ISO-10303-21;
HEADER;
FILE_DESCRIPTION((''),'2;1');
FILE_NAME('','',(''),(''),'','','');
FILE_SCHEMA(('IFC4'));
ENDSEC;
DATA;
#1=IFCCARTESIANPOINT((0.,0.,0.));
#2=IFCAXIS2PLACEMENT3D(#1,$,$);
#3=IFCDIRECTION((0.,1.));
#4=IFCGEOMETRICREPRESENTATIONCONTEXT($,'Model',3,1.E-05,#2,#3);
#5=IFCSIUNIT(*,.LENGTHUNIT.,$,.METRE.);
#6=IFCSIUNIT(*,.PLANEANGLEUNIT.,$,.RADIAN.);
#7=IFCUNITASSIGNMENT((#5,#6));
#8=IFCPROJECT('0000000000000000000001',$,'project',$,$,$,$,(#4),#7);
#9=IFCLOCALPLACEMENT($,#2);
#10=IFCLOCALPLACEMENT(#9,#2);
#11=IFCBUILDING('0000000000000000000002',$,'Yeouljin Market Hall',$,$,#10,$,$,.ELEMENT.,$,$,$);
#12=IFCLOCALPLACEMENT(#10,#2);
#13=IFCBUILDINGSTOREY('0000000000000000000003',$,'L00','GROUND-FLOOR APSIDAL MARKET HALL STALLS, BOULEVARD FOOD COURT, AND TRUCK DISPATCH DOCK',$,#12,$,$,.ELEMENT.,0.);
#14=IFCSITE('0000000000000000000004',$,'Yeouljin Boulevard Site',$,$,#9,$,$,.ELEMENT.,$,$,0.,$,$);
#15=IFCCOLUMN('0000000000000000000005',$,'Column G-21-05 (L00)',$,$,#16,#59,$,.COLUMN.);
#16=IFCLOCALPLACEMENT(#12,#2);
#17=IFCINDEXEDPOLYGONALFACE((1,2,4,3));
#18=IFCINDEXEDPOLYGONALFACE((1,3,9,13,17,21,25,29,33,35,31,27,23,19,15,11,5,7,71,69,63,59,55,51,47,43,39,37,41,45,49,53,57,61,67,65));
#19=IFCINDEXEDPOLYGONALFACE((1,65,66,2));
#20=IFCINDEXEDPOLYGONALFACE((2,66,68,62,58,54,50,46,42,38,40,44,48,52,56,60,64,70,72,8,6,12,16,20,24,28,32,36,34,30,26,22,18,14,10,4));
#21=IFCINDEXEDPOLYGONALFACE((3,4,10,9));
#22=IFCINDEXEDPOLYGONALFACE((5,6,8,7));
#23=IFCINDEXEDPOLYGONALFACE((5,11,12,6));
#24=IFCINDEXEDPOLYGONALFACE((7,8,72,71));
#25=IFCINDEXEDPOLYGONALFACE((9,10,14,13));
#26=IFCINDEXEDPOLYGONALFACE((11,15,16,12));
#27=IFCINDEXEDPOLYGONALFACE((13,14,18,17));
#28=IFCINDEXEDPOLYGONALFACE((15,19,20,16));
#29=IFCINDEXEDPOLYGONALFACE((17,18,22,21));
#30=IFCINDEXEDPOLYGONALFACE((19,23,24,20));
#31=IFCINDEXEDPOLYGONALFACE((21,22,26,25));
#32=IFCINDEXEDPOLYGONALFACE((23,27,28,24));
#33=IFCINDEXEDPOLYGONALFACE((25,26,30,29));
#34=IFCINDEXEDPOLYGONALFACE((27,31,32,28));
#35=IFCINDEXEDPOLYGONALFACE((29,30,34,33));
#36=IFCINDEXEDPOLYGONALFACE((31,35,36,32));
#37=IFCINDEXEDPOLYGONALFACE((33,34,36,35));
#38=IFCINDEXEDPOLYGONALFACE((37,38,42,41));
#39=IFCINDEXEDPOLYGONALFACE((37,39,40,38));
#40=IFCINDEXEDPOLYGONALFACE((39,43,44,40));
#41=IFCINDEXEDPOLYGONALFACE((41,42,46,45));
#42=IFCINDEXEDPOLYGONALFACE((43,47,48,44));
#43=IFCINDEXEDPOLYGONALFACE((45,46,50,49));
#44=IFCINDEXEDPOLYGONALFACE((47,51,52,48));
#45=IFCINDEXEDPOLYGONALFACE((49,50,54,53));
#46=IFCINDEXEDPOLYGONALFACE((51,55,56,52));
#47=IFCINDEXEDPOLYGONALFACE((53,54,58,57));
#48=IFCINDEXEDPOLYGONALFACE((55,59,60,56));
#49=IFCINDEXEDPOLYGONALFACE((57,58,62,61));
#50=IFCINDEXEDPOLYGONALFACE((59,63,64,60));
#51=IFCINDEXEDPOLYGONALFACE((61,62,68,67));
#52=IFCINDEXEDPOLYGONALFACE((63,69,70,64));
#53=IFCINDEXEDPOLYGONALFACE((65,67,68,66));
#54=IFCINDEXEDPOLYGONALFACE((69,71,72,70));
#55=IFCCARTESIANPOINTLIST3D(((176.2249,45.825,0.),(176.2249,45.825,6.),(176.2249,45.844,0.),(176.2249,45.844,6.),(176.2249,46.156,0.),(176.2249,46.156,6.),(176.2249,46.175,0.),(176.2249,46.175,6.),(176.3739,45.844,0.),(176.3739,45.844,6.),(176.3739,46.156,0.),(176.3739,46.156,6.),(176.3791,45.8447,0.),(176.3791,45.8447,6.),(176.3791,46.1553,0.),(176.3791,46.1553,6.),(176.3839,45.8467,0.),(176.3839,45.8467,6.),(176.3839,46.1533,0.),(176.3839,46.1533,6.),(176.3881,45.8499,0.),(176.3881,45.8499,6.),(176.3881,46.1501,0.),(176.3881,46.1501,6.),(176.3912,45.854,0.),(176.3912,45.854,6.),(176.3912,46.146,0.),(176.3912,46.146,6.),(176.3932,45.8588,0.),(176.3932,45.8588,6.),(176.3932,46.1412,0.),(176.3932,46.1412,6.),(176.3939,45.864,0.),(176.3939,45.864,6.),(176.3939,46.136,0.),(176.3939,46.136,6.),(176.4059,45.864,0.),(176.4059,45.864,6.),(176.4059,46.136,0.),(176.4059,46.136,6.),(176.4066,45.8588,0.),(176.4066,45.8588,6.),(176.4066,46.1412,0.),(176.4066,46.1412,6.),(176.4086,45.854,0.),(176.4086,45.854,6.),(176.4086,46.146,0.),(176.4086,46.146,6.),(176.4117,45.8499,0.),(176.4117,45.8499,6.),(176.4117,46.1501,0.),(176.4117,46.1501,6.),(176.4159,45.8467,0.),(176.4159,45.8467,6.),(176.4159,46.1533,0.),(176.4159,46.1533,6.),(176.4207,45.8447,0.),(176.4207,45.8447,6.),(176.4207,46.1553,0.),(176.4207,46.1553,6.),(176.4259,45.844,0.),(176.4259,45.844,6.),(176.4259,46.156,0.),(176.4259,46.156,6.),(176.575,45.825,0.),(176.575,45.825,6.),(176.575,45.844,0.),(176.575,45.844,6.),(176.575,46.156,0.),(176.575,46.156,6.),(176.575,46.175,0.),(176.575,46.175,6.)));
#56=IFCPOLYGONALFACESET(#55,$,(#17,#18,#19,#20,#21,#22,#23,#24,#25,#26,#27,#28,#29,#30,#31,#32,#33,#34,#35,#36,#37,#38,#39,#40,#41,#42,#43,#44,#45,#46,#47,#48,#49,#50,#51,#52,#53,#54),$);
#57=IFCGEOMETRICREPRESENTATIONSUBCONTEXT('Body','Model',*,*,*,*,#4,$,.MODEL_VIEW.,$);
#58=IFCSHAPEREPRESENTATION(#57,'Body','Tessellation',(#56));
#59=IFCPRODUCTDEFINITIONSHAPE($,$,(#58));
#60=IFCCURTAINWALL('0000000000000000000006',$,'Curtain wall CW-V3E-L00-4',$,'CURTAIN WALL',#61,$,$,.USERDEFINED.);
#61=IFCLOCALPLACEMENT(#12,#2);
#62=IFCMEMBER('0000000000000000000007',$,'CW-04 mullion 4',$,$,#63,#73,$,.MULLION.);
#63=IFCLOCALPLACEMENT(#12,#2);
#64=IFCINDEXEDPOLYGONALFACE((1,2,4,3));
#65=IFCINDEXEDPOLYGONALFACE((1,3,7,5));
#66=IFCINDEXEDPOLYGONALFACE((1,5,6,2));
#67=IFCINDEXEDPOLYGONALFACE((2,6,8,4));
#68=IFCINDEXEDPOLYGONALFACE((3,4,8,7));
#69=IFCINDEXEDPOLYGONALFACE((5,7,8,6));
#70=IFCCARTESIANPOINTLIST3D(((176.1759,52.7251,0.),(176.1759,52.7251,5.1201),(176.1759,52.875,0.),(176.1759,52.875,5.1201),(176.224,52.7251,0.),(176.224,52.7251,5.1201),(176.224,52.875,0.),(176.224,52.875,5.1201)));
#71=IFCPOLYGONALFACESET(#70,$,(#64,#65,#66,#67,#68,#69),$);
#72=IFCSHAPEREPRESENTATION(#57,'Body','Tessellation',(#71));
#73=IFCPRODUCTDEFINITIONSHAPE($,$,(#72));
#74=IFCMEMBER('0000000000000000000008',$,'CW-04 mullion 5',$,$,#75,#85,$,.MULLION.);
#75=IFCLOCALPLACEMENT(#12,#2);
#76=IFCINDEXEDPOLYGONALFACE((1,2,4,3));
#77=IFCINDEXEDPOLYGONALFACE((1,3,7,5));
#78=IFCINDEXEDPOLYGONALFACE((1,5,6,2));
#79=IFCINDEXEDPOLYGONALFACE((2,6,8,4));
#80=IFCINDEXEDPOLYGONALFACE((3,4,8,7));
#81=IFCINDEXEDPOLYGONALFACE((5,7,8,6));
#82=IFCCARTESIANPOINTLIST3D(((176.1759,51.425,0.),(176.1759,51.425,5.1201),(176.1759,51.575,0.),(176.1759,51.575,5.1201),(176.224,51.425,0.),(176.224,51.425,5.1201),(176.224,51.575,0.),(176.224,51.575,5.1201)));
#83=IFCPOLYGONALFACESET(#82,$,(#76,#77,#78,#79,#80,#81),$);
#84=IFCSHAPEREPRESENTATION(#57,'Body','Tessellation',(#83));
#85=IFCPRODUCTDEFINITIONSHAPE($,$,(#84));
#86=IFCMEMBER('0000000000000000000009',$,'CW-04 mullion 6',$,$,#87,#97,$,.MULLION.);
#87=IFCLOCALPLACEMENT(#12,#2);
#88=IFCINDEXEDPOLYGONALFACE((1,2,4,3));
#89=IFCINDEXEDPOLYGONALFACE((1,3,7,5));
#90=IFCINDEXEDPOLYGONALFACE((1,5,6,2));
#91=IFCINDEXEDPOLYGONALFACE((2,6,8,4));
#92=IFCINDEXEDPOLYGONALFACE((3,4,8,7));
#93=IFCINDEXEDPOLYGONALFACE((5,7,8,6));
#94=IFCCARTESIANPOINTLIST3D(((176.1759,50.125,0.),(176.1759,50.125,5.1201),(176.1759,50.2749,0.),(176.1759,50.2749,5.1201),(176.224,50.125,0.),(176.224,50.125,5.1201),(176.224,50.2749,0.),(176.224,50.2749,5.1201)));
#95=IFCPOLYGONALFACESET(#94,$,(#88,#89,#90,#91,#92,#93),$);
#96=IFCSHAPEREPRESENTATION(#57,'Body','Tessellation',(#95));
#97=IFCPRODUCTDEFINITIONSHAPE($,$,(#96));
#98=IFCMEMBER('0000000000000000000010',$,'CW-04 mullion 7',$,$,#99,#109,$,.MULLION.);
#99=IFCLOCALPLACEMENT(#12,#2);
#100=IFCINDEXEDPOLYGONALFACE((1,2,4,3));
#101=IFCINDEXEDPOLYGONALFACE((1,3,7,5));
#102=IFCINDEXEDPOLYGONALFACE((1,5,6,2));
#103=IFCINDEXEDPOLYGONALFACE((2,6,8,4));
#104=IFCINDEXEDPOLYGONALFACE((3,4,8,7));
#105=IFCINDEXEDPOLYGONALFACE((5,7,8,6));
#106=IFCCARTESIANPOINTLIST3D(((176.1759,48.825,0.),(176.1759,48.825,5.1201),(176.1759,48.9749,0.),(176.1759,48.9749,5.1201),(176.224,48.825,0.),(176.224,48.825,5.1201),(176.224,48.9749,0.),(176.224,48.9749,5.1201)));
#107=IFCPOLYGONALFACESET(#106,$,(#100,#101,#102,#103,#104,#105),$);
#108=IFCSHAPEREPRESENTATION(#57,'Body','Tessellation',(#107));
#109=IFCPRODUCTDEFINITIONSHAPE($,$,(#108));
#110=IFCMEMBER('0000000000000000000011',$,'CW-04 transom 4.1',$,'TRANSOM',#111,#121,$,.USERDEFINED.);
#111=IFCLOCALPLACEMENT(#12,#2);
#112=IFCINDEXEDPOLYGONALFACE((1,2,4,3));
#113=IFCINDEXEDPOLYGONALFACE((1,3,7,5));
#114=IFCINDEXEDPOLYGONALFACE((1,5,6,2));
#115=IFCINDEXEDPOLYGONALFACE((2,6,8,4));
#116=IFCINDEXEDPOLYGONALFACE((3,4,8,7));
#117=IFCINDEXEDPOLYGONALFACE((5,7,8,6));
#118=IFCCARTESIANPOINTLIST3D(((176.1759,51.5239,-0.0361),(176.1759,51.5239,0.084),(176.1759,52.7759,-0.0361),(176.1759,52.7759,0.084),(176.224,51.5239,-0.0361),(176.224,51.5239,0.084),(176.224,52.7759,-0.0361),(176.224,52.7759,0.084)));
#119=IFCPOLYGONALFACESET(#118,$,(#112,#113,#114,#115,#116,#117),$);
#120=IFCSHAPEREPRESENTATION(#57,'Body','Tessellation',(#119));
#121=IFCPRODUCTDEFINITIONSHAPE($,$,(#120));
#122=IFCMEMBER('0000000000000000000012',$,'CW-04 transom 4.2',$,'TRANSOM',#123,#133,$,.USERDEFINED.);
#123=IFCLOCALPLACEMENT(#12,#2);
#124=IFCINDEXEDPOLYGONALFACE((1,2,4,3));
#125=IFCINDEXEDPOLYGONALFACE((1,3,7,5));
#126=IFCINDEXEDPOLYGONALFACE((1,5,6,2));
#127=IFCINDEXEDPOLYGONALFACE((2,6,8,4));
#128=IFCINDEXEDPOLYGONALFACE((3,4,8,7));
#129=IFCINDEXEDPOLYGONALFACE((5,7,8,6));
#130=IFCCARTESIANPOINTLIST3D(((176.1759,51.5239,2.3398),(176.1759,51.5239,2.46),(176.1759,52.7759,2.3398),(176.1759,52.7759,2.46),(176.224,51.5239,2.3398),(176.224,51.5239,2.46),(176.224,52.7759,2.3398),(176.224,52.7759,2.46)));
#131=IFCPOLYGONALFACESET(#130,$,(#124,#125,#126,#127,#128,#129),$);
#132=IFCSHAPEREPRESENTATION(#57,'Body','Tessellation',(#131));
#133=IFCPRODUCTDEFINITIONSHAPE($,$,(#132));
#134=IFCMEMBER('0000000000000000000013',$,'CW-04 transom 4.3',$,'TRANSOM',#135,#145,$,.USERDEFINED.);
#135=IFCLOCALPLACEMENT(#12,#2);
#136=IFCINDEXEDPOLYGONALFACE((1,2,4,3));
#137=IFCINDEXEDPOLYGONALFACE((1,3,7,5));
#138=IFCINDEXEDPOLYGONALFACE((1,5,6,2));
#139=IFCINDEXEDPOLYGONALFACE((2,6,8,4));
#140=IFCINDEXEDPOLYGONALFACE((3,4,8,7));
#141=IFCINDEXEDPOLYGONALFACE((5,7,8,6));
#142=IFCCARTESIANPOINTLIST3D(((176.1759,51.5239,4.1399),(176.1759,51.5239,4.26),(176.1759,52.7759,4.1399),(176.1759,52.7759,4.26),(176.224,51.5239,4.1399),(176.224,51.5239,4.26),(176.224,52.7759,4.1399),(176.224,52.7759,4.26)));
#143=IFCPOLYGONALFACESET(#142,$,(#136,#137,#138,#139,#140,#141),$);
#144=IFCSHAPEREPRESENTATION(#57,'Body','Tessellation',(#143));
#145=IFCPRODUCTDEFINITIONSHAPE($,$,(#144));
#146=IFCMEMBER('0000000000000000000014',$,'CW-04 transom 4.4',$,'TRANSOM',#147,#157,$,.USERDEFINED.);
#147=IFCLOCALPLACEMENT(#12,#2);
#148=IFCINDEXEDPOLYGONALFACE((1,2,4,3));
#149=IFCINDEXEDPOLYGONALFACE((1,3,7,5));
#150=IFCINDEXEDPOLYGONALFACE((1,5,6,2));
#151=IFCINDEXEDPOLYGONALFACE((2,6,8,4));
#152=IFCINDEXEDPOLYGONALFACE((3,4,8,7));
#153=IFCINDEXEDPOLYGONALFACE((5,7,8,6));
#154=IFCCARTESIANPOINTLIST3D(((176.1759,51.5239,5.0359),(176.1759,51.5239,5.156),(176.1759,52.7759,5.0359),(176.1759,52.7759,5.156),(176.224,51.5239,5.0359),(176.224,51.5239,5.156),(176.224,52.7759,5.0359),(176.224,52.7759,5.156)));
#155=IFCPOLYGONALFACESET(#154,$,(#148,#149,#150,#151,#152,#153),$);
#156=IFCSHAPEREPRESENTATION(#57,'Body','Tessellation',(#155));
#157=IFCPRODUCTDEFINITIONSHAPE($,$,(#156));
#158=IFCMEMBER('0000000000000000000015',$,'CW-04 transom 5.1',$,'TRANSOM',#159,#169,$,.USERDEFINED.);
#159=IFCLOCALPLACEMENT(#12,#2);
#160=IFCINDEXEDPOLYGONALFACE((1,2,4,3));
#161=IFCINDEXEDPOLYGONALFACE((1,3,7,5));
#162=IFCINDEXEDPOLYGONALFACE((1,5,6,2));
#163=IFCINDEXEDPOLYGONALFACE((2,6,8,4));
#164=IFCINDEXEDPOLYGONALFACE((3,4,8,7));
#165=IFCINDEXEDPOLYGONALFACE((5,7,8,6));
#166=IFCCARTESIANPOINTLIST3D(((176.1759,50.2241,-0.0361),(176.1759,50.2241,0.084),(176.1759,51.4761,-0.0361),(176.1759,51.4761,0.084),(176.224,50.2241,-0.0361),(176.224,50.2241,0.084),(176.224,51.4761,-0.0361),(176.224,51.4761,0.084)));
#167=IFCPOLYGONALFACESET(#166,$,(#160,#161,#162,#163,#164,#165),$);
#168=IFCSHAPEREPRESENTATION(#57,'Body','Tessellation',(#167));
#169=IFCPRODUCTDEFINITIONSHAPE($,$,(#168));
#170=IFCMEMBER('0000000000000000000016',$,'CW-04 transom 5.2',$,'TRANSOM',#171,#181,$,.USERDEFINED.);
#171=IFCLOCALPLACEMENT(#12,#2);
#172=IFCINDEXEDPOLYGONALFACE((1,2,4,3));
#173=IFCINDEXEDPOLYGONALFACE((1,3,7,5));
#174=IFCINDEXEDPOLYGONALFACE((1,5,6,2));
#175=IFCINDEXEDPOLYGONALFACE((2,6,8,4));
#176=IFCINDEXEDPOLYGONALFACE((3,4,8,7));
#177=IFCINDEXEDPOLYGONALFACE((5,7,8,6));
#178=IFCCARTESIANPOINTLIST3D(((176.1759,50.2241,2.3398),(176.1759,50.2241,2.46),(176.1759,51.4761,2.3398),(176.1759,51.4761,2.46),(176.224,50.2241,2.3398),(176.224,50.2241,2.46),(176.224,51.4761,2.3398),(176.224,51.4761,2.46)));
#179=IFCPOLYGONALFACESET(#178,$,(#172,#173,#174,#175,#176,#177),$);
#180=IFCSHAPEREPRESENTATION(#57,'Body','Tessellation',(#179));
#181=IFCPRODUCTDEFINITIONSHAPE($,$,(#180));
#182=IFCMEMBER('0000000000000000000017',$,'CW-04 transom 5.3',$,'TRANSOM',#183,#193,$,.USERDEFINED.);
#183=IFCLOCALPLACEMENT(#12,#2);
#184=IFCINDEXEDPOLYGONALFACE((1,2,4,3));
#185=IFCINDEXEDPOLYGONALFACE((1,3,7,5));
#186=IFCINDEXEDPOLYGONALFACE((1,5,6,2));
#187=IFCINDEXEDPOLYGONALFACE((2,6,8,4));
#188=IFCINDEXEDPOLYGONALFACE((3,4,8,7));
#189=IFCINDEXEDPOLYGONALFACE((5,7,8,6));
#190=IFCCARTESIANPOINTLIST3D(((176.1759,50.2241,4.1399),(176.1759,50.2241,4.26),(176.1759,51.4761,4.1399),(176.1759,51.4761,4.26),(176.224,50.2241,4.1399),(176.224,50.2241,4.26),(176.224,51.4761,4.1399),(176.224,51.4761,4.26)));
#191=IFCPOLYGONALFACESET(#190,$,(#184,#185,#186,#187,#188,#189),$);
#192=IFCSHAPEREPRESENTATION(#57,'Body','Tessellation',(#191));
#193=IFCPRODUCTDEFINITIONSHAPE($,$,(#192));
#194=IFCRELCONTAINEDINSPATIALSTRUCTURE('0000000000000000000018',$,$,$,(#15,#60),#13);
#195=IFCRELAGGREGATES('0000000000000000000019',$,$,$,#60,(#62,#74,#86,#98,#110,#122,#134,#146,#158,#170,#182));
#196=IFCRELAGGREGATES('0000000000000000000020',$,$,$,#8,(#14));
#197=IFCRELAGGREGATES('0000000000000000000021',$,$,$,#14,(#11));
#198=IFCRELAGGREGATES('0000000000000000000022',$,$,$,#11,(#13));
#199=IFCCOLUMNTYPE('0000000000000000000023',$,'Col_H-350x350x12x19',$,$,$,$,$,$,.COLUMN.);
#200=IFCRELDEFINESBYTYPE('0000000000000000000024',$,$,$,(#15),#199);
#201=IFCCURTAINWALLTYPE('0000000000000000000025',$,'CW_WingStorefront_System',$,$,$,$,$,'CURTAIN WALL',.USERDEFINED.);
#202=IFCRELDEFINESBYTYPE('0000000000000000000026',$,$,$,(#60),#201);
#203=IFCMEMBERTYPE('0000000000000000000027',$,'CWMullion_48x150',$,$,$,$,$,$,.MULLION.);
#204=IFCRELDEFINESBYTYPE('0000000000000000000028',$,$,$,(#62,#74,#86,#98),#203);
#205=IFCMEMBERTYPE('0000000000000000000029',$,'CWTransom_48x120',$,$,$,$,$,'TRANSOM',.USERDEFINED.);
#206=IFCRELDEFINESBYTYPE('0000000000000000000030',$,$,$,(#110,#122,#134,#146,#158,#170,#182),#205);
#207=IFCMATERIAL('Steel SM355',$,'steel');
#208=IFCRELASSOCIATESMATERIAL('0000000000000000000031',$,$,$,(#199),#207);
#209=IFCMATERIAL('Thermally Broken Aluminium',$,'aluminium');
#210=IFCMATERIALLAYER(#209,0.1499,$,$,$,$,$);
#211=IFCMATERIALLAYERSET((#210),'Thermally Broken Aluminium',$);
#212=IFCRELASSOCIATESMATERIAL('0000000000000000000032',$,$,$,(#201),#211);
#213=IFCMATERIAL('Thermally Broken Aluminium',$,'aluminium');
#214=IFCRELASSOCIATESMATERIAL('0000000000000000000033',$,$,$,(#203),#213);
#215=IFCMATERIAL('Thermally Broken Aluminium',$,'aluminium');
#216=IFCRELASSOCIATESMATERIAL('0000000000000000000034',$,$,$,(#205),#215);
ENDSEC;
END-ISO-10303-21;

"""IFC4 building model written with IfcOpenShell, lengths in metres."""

from ifc_helpers import new_model, si_unit, direction, frame, origin, origin_2d, place, context, subcontext, project, spatial, rectangle, i_section, extrude, material, layer, layer_set, material_profile, profile_set, type_object, element, aggregate, save


model = new_model("IFC4")

# Units and contexts
model_context = context("Model", 3, precision=1e-05, world=origin(), true_north=direction((0.0, 1.0)))
body_context = subcontext(model_context, "Body", "Model", "MODEL_VIEW")
ifc_project = project(units=[si_unit("LENGTHUNIT", "METRE"), si_unit("PLANEANGLEUNIT", "RADIAN")], contexts=[model_context])

# Site, building, storey
site_placement = place(None, origin())
site = spatial("IfcSite", under=ifc_project, at=site_placement, Name="Yeouljin Boulevard Site", CompositionType="ELEMENT", RefElevation=0.0)
building_placement = place(site_placement, origin())
building = spatial("IfcBuilding", under=site, at=building_placement, Name="Yeouljin Market Hall", CompositionType="ELEMENT")
storey_placement = place(building_placement, origin())
storey = spatial("IfcBuildingStorey", under=building, at=storey_placement, Name="L00", Description="GROUND-FLOOR APSIDAL MARKET HALL STALLS, BOULEVARD FOOD COURT, AND TRUCK DISPATCH DOCK", CompositionType="ELEMENT", Elevation=0.0)

# Column
ifc_material_1 = material(Name="Steel SM355", Category="steel")
ifc_material_profile_1 = material_profile(ifc_material_1, i_section(OverallWidth=0.3501, OverallDepth=0.3501, WebThickness=0.012, FlangeThickness=0.019, FilletRadius=0.02, at=origin_2d()), Name="H-350x350x12x19")
ifc_profile_set_1 = profile_set([ifc_material_profile_1], Name="Steel SM355")
column_type = type_object("IfcColumnType", Name="Col_H-350x350x12x19", PredefinedType="COLUMN", material=ifc_profile_set_1)
column_placement = place(storey_placement, frame((176.3999, 46.0, 0.0), z_axis=(0.0, 0.0, 1.0), x_axis=(1.0, 0.0, 0.0)))
element("IfcColumn", 1, at=column_placement, inside=storey, type_object=column_type, Name="Column G-21-05 (L00)", PredefinedType="COLUMN", context=body_context, shape_type="SweptSolid", body=[
    extrude(i_section(OverallWidth=0.3501, OverallDepth=0.3501, WebThickness=0.012, FlangeThickness=0.019, FilletRadius=0.02, at=origin_2d()), origin(), (0.0, 0.0, 1.0), 6.0),
])

# Curtain wall, members
ifc_material_2 = material(Name="Thermally Broken Aluminium", Category="aluminium")
ifc_layer_1 = layer(ifc_material_2, 0.1499)
ifc_layer_set_1 = layer_set([ifc_layer_1], Name="Thermally Broken Aluminium")
curtain_wall_type = type_object("IfcCurtainWallType", Name="CW_WingStorefront_System", ElementType="CURTAIN WALL", PredefinedType="USERDEFINED", material=ifc_layer_set_1)
curtain_wall_placement = place(storey_placement, origin())
curtain_wall = element("IfcCurtainWall", 2, at=curtain_wall_placement, inside=storey, type_object=curtain_wall_type, Name="Curtain wall CW-V3E-L00-4", ObjectType="CURTAIN WALL", PredefinedType="USERDEFINED")
ifc_material_3 = material(Name="Thermally Broken Aluminium", Category="aluminium")
ifc_material_profile_2 = material_profile(ifc_material_3, rectangle(XDim=0.0481, YDim=0.1499, at=origin_2d()), Name="CW-MULL-48x150")
ifc_profile_set_2 = profile_set([ifc_material_profile_2], Name="Thermally Broken Aluminium")
member_type_1 = type_object("IfcMemberType", Name="CWMullion_48x150", PredefinedType="MULLION", material=ifc_profile_set_2)
member_1_placement = place(storey_placement, frame((176.2, 52.8, 0.0), z_axis=(0.0, 0.0, 1.0), x_axis=(1.0, 0.0, 0.0)))
member_1 = element("IfcMember", 3, at=member_1_placement, type_object=member_type_1, Name="CW-04 mullion 4", PredefinedType="MULLION", context=body_context, shape_type="SweptSolid", body=[
    extrude(rectangle(XDim=0.0481, YDim=0.1499, at=origin_2d()), origin(), (0.0, 0.0, 1.0), 5.1201),
])
member_2_placement = place(storey_placement, frame((176.2, 51.5, 0.0), z_axis=(0.0, 0.0, 1.0), x_axis=(1.0, 0.0, 0.0)))
member_2 = element("IfcMember", 4, at=member_2_placement, type_object=member_type_1, Name="CW-04 mullion 5", PredefinedType="MULLION", context=body_context, shape_type="SweptSolid", body=[
    extrude(rectangle(XDim=0.0481, YDim=0.1499, at=origin_2d()), origin(), (0.0, 0.0, 1.0), 5.1201),
])
member_3_placement = place(storey_placement, frame((176.2, 50.2, 0.0), z_axis=(0.0, 0.0, 1.0), x_axis=(1.0, 0.0, 0.0)))
member_3 = element("IfcMember", 5, at=member_3_placement, type_object=member_type_1, Name="CW-04 mullion 6", PredefinedType="MULLION", context=body_context, shape_type="SweptSolid", body=[
    extrude(rectangle(XDim=0.0481, YDim=0.1499, at=origin_2d()), origin(), (0.0, 0.0, 1.0), 5.1201),
])
member_4_placement = place(storey_placement, frame((176.2, 48.8999, 0.0), z_axis=(0.0, 0.0, 1.0), x_axis=(1.0, 0.0, 0.0)))
member_4 = element("IfcMember", 6, at=member_4_placement, type_object=member_type_1, Name="CW-04 mullion 7", PredefinedType="MULLION", context=body_context, shape_type="SweptSolid", body=[
    extrude(rectangle(XDim=0.0481, YDim=0.1499, at=origin_2d()), origin(), (0.0, 0.0, 1.0), 5.1201),
])
ifc_material_4 = material(Name="Thermally Broken Aluminium", Category="aluminium")
ifc_material_profile_3 = material_profile(ifc_material_4, rectangle(XDim=0.0481, YDim=0.1201, at=origin_2d()), Name="CW-TRAN-48x120")
ifc_profile_set_3 = profile_set([ifc_material_profile_3], Name="Thermally Broken Aluminium")
member_type_2 = type_object("IfcMemberType", Name="CWTransom_48x120", ElementType="TRANSOM", PredefinedType="USERDEFINED", material=ifc_profile_set_3)
member_5_placement = place(storey_placement, frame((176.2, 52.7759, 0.0239), z_axis=(0.0, -1.0, 0.0), x_axis=(1.0, 0.0, 0.0)))
member_5 = element("IfcMember", 7, at=member_5_placement, type_object=member_type_2, Name="CW-04 transom 4.1", ObjectType="TRANSOM", PredefinedType="USERDEFINED", context=body_context, shape_type="SweptSolid", body=[
    extrude(rectangle(XDim=0.0481, YDim=0.1201, at=origin_2d()), origin(), (0.0, 0.0, 1.0), 1.252),
])
member_6_placement = place(storey_placement, frame((176.2, 52.7759, 2.3999), z_axis=(0.0, -1.0, 0.0), x_axis=(1.0, 0.0, 0.0)))
member_6 = element("IfcMember", 8, at=member_6_placement, type_object=member_type_2, Name="CW-04 transom 4.2", ObjectType="TRANSOM", PredefinedType="USERDEFINED", context=body_context, shape_type="SweptSolid", body=[
    extrude(rectangle(XDim=0.0481, YDim=0.1201, at=origin_2d()), origin(), (0.0, 0.0, 1.0), 1.252),
])
member_7_placement = place(storey_placement, frame((176.2, 52.7759, 4.2), z_axis=(0.0, -1.0, 0.0), x_axis=(1.0, 0.0, 0.0)))
member_7 = element("IfcMember", 9, at=member_7_placement, type_object=member_type_2, Name="CW-04 transom 4.3", ObjectType="TRANSOM", PredefinedType="USERDEFINED", context=body_context, shape_type="SweptSolid", body=[
    extrude(rectangle(XDim=0.0481, YDim=0.1201, at=origin_2d()), origin(), (0.0, 0.0, 1.0), 1.252),
])
member_8_placement = place(storey_placement, frame((176.2, 52.7759, 5.0959), z_axis=(0.0, -1.0, 0.0), x_axis=(1.0, 0.0, 0.0)))
member_8 = element("IfcMember", 10, at=member_8_placement, type_object=member_type_2, Name="CW-04 transom 4.4", ObjectType="TRANSOM", PredefinedType="USERDEFINED", context=body_context, shape_type="SweptSolid", body=[
    extrude(rectangle(XDim=0.0481, YDim=0.1201, at=origin_2d()), origin(), (0.0, 0.0, 1.0), 1.252),
])
member_9_placement = place(storey_placement, frame((176.2, 51.4761, 0.0239), z_axis=(0.0, -1.0, 0.0), x_axis=(1.0, 0.0, 0.0)))
member_9 = element("IfcMember", 11, at=member_9_placement, type_object=member_type_2, Name="CW-04 transom 5.1", ObjectType="TRANSOM", PredefinedType="USERDEFINED", context=body_context, shape_type="SweptSolid", body=[
    extrude(rectangle(XDim=0.0481, YDim=0.1201, at=origin_2d()), origin(), (0.0, 0.0, 1.0), 1.252),
])
member_10_placement = place(storey_placement, frame((176.2, 51.4761, 2.3999), z_axis=(0.0, -1.0, 0.0), x_axis=(1.0, 0.0, 0.0)))
member_10 = element("IfcMember", 12, at=member_10_placement, type_object=member_type_2, Name="CW-04 transom 5.2", ObjectType="TRANSOM", PredefinedType="USERDEFINED", context=body_context, shape_type="SweptSolid", body=[
    extrude(rectangle(XDim=0.0481, YDim=0.1201, at=origin_2d()), origin(), (0.0, 0.0, 1.0), 1.252),
])
member_11_placement = place(storey_placement, frame((176.2, 51.4761, 4.2), z_axis=(0.0, -1.0, 0.0), x_axis=(1.0, 0.0, 0.0)))
member_11 = element("IfcMember", 13, at=member_11_placement, type_object=member_type_2, Name="CW-04 transom 5.3", ObjectType="TRANSOM", PredefinedType="USERDEFINED", context=body_context, shape_type="SweptSolid", body=[
    extrude(rectangle(XDim=0.0481, YDim=0.1201, at=origin_2d()), origin(), (0.0, 0.0, 1.0), 1.252),
])
aggregate(curtain_wall, [member_1, member_2, member_3, member_4, member_5, member_6, member_7, member_8, member_9, member_10, member_11])

save(model, "model.ifc")
